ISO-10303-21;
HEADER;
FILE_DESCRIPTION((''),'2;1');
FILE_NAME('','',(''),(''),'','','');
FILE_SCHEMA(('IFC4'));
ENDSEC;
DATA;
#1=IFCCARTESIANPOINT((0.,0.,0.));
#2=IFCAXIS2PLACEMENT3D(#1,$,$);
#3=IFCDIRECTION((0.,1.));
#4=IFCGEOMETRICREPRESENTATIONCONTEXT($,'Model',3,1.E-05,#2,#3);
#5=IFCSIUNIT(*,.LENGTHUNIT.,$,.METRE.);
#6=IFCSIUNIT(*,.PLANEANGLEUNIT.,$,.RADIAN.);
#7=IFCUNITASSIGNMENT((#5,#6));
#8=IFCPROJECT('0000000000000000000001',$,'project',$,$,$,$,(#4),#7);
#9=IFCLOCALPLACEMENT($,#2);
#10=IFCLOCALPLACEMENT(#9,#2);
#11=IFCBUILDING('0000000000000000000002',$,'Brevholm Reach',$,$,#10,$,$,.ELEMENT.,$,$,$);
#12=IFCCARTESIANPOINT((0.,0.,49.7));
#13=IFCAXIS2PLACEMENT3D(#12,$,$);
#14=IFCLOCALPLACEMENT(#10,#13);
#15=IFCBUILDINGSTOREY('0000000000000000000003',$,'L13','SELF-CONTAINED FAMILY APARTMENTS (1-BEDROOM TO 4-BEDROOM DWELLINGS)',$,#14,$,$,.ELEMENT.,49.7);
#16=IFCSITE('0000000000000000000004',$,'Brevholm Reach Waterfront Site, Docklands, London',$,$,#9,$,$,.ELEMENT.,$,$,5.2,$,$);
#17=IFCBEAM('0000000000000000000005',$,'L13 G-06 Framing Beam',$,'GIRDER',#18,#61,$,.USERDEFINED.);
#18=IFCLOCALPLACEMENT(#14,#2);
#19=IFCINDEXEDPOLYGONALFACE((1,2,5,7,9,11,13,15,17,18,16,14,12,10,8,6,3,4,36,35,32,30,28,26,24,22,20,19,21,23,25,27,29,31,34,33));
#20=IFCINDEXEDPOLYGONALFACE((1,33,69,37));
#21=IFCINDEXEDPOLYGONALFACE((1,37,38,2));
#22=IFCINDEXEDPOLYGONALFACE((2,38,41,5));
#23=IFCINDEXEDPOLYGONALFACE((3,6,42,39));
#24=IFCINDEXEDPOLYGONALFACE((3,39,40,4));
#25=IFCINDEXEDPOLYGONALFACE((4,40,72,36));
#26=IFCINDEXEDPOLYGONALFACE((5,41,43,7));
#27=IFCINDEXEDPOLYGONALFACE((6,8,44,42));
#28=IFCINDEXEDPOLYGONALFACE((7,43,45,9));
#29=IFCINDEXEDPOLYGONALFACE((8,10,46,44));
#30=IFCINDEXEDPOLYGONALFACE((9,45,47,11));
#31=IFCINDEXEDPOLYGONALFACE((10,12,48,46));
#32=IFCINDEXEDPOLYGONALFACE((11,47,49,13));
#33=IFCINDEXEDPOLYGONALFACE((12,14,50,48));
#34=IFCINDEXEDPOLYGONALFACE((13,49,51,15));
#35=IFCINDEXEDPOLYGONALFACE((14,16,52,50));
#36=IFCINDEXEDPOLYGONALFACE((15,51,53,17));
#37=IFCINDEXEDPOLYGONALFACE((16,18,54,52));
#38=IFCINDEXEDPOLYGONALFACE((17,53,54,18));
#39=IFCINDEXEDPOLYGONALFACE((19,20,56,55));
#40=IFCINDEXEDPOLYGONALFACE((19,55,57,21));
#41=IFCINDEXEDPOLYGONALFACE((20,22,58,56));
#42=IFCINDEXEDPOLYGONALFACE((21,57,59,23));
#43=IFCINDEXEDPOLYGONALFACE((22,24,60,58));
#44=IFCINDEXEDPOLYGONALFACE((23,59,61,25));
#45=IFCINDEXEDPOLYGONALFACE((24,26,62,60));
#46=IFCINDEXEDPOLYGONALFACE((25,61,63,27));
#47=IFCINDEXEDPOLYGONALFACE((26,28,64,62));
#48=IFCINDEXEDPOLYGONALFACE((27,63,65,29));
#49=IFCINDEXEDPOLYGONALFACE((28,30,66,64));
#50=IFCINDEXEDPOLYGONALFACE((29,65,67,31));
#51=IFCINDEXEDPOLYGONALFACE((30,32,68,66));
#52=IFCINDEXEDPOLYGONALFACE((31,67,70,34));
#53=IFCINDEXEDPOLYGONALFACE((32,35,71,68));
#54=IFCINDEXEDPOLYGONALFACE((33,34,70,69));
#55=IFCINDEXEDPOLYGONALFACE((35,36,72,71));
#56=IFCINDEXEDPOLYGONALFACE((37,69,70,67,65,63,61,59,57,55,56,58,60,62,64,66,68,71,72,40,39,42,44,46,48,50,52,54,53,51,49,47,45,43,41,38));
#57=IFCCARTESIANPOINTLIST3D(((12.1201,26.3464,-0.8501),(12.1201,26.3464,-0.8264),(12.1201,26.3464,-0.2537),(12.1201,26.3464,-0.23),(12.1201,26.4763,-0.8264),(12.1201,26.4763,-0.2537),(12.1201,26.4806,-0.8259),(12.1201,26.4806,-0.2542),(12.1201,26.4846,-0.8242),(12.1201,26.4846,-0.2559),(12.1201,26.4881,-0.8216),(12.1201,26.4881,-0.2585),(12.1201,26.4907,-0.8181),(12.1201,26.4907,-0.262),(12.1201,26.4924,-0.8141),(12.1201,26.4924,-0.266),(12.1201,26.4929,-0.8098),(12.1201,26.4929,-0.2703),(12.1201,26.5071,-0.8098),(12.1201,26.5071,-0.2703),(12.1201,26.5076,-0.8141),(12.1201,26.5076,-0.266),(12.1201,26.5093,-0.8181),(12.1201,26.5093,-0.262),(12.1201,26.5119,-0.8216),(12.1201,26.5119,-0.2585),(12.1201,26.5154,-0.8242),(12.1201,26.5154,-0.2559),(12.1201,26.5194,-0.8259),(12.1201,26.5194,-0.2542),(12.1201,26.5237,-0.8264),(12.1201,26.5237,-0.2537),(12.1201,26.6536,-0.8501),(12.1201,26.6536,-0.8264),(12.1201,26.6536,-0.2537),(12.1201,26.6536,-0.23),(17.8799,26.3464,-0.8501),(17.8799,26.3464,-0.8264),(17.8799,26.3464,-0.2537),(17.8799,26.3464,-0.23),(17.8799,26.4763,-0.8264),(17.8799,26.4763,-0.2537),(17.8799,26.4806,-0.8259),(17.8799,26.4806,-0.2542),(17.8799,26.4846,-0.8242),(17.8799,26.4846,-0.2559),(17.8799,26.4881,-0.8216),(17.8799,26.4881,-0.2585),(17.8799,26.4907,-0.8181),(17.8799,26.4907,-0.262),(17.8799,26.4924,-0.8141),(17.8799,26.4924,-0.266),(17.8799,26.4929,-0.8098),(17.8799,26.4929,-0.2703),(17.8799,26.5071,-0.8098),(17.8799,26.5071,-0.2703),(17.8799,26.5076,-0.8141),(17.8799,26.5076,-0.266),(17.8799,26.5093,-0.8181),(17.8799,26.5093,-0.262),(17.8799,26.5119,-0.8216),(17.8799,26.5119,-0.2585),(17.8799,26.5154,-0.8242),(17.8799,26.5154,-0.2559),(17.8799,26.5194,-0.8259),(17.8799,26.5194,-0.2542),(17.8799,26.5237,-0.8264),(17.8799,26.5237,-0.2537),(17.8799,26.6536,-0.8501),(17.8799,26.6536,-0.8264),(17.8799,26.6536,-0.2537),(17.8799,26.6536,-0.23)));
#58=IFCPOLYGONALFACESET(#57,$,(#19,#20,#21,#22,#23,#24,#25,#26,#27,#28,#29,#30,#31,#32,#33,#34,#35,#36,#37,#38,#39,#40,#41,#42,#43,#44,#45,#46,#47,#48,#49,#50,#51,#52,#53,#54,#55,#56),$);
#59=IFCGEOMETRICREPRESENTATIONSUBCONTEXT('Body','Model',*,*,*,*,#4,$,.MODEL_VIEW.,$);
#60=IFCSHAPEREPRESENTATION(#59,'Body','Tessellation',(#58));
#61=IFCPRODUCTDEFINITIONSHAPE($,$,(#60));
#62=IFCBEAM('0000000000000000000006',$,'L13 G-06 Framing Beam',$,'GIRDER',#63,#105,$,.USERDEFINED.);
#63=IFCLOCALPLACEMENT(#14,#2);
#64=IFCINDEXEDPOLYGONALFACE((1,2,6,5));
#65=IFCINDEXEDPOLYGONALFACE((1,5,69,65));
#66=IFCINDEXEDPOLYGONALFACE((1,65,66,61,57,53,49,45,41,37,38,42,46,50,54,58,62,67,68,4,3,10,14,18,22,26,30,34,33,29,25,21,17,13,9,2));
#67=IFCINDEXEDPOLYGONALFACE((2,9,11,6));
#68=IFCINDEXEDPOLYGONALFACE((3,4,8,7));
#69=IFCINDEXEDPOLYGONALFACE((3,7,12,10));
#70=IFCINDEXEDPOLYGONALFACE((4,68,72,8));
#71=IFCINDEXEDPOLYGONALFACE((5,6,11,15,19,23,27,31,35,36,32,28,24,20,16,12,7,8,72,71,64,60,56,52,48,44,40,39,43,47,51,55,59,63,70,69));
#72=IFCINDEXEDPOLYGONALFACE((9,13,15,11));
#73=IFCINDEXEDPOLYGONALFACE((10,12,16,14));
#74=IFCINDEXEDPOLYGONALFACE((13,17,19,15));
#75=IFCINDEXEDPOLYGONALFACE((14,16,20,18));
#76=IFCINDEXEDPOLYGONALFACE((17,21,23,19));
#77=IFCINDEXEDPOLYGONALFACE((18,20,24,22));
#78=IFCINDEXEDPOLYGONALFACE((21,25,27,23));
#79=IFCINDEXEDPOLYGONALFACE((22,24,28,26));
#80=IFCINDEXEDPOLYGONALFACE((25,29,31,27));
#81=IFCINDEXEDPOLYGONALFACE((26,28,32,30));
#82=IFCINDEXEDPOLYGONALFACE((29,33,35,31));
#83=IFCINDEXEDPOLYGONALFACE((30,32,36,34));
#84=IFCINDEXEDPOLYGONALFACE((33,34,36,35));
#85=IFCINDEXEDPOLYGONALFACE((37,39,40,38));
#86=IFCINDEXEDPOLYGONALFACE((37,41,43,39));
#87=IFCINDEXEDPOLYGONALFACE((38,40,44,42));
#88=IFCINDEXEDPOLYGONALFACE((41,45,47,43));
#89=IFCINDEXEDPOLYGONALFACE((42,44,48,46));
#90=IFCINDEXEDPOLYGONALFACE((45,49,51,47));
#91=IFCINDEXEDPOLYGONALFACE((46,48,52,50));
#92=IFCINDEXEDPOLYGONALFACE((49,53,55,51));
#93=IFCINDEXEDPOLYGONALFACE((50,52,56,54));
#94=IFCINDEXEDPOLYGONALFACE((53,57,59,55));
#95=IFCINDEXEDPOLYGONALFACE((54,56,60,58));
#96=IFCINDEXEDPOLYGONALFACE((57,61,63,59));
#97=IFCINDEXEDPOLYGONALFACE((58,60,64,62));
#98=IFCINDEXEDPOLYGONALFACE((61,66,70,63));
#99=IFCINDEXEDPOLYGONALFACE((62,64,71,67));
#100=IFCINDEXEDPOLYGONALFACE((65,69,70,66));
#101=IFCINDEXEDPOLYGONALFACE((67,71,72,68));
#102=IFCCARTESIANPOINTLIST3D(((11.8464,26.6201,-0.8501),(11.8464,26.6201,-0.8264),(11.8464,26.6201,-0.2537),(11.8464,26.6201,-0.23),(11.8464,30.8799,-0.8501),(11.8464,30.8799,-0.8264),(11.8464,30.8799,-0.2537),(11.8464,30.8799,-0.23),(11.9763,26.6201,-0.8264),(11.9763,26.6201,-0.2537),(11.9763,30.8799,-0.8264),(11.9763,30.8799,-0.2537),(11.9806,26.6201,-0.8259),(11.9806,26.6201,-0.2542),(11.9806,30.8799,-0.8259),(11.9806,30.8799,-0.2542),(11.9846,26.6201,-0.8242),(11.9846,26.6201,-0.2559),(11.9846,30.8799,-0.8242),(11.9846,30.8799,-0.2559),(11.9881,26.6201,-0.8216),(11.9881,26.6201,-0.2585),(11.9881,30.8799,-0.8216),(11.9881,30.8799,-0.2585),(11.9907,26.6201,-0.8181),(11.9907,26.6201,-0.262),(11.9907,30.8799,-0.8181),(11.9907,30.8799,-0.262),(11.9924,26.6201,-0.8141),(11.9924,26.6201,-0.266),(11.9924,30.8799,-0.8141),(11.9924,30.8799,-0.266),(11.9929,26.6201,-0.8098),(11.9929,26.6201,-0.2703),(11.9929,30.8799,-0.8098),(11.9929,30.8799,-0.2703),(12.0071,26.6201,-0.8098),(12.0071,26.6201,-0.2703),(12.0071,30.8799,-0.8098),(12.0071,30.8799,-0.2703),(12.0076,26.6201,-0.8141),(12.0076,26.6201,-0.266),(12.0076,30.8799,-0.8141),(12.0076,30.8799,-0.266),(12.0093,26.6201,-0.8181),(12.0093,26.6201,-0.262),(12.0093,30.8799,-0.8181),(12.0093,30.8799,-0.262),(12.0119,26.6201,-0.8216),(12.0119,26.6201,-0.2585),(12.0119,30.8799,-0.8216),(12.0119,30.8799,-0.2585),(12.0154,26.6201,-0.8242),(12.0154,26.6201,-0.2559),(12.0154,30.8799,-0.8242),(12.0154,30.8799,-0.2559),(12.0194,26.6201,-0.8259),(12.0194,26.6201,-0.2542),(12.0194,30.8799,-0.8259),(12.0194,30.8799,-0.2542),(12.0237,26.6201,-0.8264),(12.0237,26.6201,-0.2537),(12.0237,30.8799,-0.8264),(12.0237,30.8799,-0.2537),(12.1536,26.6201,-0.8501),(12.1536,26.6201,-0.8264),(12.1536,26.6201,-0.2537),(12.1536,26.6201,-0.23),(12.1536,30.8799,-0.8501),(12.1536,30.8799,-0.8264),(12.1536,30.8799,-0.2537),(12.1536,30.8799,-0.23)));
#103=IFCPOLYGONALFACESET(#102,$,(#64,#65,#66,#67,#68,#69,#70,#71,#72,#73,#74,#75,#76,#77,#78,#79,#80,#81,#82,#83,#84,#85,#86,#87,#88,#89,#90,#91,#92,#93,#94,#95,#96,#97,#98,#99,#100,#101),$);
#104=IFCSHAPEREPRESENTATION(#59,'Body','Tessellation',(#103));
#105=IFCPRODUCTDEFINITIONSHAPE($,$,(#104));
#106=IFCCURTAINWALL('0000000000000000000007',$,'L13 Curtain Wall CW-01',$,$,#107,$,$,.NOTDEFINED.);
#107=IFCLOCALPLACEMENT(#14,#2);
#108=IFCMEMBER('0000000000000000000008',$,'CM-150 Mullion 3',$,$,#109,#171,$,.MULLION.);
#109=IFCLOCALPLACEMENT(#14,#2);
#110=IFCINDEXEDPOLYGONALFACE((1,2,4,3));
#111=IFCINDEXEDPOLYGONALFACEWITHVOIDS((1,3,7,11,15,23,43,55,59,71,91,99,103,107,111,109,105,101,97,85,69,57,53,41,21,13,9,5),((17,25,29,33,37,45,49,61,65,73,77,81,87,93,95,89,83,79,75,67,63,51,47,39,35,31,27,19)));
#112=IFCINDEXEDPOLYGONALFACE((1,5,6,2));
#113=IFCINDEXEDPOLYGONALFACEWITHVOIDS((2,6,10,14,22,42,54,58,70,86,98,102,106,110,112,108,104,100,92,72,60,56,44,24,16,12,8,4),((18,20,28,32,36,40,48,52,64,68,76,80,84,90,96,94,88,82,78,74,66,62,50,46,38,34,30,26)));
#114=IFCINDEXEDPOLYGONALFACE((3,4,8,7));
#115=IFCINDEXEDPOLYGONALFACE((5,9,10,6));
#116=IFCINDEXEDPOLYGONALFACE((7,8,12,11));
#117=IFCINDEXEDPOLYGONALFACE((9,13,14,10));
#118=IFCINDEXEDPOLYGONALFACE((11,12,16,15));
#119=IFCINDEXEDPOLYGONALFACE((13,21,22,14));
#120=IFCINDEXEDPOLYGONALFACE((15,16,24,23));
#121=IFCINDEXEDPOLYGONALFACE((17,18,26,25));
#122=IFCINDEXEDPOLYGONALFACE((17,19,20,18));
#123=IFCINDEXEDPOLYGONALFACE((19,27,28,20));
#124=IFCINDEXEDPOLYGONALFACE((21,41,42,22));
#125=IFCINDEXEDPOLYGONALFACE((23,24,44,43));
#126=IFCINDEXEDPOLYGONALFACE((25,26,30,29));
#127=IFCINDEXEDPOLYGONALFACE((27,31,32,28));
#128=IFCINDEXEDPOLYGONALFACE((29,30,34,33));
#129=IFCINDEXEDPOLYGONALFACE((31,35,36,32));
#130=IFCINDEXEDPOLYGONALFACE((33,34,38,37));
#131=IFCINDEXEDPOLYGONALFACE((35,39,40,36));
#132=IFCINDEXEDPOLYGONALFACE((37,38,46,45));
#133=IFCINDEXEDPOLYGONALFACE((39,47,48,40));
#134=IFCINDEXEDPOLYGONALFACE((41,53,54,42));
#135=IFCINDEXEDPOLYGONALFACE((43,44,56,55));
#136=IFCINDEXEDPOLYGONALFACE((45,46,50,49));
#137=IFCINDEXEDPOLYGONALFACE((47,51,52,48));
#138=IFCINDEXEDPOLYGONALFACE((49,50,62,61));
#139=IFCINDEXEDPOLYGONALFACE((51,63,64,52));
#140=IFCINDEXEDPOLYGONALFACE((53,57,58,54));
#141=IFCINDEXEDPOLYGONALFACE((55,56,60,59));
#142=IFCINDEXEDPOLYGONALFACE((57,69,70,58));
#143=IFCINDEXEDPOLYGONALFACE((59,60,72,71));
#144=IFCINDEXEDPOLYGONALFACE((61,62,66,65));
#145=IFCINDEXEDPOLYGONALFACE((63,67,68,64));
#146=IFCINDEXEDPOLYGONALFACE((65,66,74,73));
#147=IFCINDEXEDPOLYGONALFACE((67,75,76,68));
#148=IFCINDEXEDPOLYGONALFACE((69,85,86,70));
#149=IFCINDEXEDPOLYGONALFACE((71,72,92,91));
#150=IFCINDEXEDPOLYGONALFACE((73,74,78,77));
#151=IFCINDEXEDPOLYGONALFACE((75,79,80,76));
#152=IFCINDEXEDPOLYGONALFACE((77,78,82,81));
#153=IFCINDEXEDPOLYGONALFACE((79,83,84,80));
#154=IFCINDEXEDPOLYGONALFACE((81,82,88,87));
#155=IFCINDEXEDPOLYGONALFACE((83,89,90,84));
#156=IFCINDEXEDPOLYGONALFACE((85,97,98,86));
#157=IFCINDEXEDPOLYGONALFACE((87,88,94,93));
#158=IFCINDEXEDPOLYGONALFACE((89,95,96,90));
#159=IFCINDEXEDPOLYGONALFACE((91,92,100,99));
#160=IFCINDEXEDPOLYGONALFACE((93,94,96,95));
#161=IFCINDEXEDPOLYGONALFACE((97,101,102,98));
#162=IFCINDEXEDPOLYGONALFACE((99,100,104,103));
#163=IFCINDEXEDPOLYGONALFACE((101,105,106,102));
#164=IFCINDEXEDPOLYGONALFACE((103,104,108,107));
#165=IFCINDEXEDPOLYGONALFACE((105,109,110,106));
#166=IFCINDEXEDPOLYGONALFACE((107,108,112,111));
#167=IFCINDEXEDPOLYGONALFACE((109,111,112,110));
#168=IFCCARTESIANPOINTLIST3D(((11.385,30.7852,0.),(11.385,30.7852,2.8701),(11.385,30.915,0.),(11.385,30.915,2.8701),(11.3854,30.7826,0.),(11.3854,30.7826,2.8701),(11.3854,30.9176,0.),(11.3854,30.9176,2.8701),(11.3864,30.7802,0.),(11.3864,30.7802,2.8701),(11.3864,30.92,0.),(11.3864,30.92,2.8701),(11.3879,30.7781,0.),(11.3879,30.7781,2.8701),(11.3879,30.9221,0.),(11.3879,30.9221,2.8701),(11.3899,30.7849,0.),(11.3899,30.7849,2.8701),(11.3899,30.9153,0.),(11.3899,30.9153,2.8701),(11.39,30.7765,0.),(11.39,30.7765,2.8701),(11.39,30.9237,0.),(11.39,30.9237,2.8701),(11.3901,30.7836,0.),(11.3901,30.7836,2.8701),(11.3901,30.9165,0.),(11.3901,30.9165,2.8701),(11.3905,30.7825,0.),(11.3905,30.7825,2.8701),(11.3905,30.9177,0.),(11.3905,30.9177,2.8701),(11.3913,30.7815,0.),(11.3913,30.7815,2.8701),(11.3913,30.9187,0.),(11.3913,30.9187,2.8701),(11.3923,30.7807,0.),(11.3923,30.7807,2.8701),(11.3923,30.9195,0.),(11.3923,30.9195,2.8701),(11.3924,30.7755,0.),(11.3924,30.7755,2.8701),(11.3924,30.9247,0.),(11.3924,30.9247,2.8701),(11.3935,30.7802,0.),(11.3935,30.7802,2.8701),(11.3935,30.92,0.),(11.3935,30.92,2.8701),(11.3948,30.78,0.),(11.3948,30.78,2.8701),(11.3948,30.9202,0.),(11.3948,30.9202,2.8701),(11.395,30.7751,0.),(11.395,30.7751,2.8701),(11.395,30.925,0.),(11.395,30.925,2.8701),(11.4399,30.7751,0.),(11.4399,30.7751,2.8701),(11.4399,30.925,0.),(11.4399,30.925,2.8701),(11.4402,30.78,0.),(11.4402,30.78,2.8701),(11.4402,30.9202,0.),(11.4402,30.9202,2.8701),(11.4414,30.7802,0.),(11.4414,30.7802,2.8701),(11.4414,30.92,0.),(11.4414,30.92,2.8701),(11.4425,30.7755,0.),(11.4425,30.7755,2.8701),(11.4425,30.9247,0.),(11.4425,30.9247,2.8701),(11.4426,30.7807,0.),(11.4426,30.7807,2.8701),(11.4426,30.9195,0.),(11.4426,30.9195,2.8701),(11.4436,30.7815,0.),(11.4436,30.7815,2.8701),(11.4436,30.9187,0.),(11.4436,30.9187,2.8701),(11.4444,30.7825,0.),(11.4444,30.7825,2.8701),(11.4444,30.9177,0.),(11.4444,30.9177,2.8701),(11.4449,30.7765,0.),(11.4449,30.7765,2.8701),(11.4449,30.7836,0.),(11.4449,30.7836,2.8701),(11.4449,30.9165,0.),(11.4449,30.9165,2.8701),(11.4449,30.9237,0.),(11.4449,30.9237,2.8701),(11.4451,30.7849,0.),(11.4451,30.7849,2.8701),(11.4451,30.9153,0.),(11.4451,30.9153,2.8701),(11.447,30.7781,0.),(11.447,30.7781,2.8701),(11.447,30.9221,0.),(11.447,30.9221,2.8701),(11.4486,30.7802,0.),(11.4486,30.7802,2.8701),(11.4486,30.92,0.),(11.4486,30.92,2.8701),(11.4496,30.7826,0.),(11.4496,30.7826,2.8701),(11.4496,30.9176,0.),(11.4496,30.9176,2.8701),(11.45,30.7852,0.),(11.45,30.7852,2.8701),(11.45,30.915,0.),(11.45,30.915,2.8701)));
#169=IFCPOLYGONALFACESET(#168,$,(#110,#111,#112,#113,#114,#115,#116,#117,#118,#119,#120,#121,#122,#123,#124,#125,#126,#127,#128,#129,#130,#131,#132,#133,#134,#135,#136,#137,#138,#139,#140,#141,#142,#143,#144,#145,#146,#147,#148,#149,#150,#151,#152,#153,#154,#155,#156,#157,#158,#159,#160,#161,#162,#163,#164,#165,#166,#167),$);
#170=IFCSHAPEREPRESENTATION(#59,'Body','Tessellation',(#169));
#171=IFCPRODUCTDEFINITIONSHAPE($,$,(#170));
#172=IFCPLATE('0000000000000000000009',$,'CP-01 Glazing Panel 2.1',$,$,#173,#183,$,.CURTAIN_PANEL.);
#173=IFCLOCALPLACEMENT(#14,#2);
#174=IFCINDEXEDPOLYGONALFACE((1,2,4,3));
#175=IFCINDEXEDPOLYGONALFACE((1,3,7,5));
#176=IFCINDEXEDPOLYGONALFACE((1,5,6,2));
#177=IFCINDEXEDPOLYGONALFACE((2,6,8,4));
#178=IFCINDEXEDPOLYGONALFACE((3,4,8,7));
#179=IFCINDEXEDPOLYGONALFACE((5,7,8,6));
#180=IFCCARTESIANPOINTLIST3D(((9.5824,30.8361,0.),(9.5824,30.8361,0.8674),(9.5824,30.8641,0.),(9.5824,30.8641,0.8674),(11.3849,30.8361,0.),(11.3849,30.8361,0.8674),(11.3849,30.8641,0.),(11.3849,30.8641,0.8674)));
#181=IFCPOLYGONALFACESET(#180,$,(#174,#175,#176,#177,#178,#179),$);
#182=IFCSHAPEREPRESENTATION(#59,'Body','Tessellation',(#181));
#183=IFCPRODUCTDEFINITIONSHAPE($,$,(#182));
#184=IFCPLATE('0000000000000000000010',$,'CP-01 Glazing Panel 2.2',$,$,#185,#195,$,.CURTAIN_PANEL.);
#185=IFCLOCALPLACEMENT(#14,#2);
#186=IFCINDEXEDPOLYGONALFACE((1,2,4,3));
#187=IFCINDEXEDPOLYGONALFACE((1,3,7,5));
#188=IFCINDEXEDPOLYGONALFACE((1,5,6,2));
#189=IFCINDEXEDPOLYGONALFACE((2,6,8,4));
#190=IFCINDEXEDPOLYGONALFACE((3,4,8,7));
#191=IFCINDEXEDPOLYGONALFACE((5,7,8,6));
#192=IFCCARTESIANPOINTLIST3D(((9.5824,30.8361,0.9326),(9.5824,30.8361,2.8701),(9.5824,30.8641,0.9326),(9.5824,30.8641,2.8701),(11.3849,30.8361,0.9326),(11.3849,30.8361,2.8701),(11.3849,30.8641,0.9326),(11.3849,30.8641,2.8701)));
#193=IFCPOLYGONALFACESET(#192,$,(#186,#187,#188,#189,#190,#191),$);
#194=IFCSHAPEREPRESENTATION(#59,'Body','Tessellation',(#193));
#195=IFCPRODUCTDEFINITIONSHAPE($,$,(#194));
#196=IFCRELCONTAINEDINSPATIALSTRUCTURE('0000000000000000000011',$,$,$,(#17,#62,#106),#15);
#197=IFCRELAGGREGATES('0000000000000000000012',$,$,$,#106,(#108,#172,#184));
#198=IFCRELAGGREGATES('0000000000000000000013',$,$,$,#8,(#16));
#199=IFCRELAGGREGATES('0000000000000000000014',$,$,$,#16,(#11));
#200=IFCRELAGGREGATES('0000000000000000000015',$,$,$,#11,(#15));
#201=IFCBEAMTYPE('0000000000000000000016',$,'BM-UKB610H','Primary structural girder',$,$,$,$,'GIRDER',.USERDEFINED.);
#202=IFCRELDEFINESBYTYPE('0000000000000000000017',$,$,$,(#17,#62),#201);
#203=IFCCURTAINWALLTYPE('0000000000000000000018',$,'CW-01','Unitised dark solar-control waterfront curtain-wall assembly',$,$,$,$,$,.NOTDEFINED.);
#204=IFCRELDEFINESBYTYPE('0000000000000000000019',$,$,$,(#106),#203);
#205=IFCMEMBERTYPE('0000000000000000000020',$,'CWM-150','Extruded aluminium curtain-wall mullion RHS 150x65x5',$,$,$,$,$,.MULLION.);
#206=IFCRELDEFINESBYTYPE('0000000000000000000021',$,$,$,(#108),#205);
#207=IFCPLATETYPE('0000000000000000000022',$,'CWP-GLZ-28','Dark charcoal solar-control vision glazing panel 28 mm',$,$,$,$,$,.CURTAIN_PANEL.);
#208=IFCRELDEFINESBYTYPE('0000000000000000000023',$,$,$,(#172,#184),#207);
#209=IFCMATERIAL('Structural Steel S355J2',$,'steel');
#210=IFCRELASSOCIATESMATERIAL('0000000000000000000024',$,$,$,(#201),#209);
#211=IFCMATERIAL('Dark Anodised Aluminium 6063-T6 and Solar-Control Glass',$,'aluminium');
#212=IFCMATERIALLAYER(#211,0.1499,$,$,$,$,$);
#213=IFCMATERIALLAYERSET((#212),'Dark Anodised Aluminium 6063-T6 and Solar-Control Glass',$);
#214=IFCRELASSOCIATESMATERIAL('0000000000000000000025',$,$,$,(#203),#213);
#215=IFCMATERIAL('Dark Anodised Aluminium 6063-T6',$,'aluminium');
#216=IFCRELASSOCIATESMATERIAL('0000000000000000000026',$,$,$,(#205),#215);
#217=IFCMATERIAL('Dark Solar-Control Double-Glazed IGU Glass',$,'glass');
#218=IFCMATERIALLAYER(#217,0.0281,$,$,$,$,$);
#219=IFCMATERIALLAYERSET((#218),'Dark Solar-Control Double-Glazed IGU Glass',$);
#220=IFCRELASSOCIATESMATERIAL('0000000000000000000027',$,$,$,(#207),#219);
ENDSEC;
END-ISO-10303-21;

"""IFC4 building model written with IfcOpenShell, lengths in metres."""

from ifc_helpers import new_model, si_unit, direction, frame, origin, origin_2d, place, context, subcontext, project, spatial, rectangle, hollow_rectangle, i_section, extrude, material, layer, layer_set, material_profile, profile_set, type_object, element, aggregate, save


model = new_model("IFC4")

# Units and contexts
model_context = context("Model", 3, precision=1e-05, world=origin(), true_north=direction((0.0, 1.0)))
body_context = subcontext(model_context, "Body", "Model", "MODEL_VIEW")
ifc_project = project(units=[si_unit("LENGTHUNIT", "METRE"), si_unit("PLANEANGLEUNIT", "RADIAN")], contexts=[model_context])

# Site, building, storey
site_placement = place(None, origin())
site = spatial("IfcSite", under=ifc_project, at=site_placement, Name="Brevholm Reach Waterfront Site, Docklands, London", CompositionType="ELEMENT", RefElevation=5.2)
building_placement = place(site_placement, origin())
building = spatial("IfcBuilding", under=site, at=building_placement, Name="Brevholm Reach", CompositionType="ELEMENT")
storey_placement = place(building_placement, frame((0.0, 0.0, 49.7)))
storey = spatial("IfcBuildingStorey", under=building, at=storey_placement, Name="L13", Description="SELF-CONTAINED FAMILY APARTMENTS (1-BEDROOM TO 4-BEDROOM DWELLINGS)", CompositionType="ELEMENT", Elevation=49.7)

# Beams
ifc_material_1 = material(Name="Structural Steel S355J2", Category="steel")
ifc_material_profile_1 = material_profile(ifc_material_1, i_section(OverallWidth=0.3071, OverallDepth=0.6201, WebThickness=0.0142, FlangeThickness=0.0237, FilletRadius=0.0166, at=origin_2d()), Name="UKB 610x305x179")
ifc_profile_set_1 = profile_set([ifc_material_profile_1], Name="Structural Steel S355J2")
beam_type_1 = type_object("IfcBeamType", Name="BM-UKB610H", Description="Primary structural girder", ElementType="GIRDER", PredefinedType="USERDEFINED", material=ifc_profile_set_1)
beam_1_placement = place(storey_placement, frame((12.1201, 26.5, -0.54), z_axis=(1.0, 0.0, 0.0), x_axis=(0.0, 1.0, 0.0)))
element("IfcBeam", 1, at=beam_1_placement, inside=storey, type_object=beam_type_1, Name="L13 G-06 Framing Beam", ObjectType="GIRDER", PredefinedType="USERDEFINED", context=body_context, shape_type="SweptSolid", body=[
    extrude(i_section(OverallWidth=0.3071, OverallDepth=0.6201, WebThickness=0.0142, FlangeThickness=0.0237, FilletRadius=0.0166, at=origin_2d()), origin(), (0.0, 0.0, 1.0), 5.7598),
])
beam_2_placement = place(storey_placement, frame((12.0, 26.6201, -0.54), z_axis=(0.0, 1.0, 0.0), x_axis=(-1.0, 0.0, 0.0)))
element("IfcBeam", 2, at=beam_2_placement, inside=storey, type_object=beam_type_1, Name="L13 G-06 Framing Beam", ObjectType="GIRDER", PredefinedType="USERDEFINED", context=body_context, shape_type="SweptSolid", body=[
    extrude(i_section(OverallWidth=0.3071, OverallDepth=0.6201, WebThickness=0.0142, FlangeThickness=0.0237, FilletRadius=0.0166, at=origin_2d()), origin(), (0.0, 0.0, 1.0), 4.2598),
])

# Curtain wall, member, plates
ifc_material_2 = material(Name="Dark Anodised Aluminium 6063-T6 and Solar-Control Glass", Category="aluminium")
ifc_layer_1 = layer(ifc_material_2, 0.1499)
ifc_layer_set_1 = layer_set([ifc_layer_1], Name="Dark Anodised Aluminium 6063-T6 and Solar-Control Glass")
curtain_wall_type = type_object("IfcCurtainWallType", Name="CW-01", Description="Unitised dark solar-control waterfront curtain-wall assembly", PredefinedType="NOTDEFINED", material=ifc_layer_set_1)
curtain_wall_placement = place(storey_placement, origin())
curtain_wall = element("IfcCurtainWall", 3, at=curtain_wall_placement, inside=storey, type_object=curtain_wall_type, Name="L13 Curtain Wall CW-01", PredefinedType="NOTDEFINED")
ifc_material_3 = material(Name="Dark Anodised Aluminium 6063-T6", Category="aluminium")
ifc_material_profile_2 = material_profile(ifc_material_3, hollow_rectangle(XDim=0.0649, YDim=0.1499, WallThickness=0.0049, InnerFilletRadius=0.0049, OuterFilletRadius=0.01, at=origin_2d()), Name="RHS 150x65x5")
ifc_profile_set_2 = profile_set([ifc_material_profile_2], Name="Dark Anodised Aluminium 6063-T6")
member_type = type_object("IfcMemberType", Name="CWM-150", Description="Extruded aluminium curtain-wall mullion RHS 150x65x5", PredefinedType="MULLION", material=ifc_profile_set_2)
member_placement = place(storey_placement, frame((11.4175, 30.8501, 0.0), z_axis=(0.0, 0.0, 1.0), x_axis=(1.0, 0.0, 0.0)))
member = element("IfcMember", 4, at=member_placement, type_object=member_type, Name="CM-150 Mullion 3", PredefinedType="MULLION", context=body_context, shape_type="SweptSolid", body=[
    extrude(hollow_rectangle(XDim=0.0649, YDim=0.1499, WallThickness=0.0049, InnerFilletRadius=0.0049, OuterFilletRadius=0.01, at=origin_2d()), origin(), (0.0, 0.0, 1.0), 2.8701),
])
ifc_material_4 = material(Name="Dark Solar-Control Double-Glazed IGU Glass", Category="glass")
ifc_layer_2 = layer(ifc_material_4, 0.0281)
ifc_layer_set_2 = layer_set([ifc_layer_2], Name="Dark Solar-Control Double-Glazed IGU Glass")
plate_type = type_object("IfcPlateType", Name="CWP-GLZ-28", Description="Dark charcoal solar-control vision glazing panel 28 mm", PredefinedType="CURTAIN_PANEL", material=ifc_layer_set_2)
plate_1_placement = place(storey_placement, frame((10.4836, 30.8501, 0.0), z_axis=(0.0, 0.0, 1.0), x_axis=(1.0, 0.0, 0.0)))
plate_1 = element("IfcPlate", 5, at=plate_1_placement, type_object=plate_type, Name="CP-01 Glazing Panel 2.1", PredefinedType="CURTAIN_PANEL", context=body_context, shape_type="SweptSolid", body=[
    extrude(rectangle(XDim=1.8025, YDim=0.0281, at=origin_2d()), origin(), (0.0, 0.0, 1.0), 0.8674),
])
plate_2_placement = place(storey_placement, frame((10.4836, 30.8501, 0.9326), z_axis=(0.0, 0.0, 1.0), x_axis=(1.0, 0.0, 0.0)))
plate_2 = element("IfcPlate", 6, at=plate_2_placement, type_object=plate_type, Name="CP-01 Glazing Panel 2.2", PredefinedType="CURTAIN_PANEL", context=body_context, shape_type="SweptSolid", body=[
    extrude(rectangle(XDim=1.8025, YDim=0.0281, at=origin_2d()), origin(), (0.0, 0.0, 1.0), 1.9375),
])
aggregate(curtain_wall, [member, plate_1, plate_2])

save(model, "model.ifc")
